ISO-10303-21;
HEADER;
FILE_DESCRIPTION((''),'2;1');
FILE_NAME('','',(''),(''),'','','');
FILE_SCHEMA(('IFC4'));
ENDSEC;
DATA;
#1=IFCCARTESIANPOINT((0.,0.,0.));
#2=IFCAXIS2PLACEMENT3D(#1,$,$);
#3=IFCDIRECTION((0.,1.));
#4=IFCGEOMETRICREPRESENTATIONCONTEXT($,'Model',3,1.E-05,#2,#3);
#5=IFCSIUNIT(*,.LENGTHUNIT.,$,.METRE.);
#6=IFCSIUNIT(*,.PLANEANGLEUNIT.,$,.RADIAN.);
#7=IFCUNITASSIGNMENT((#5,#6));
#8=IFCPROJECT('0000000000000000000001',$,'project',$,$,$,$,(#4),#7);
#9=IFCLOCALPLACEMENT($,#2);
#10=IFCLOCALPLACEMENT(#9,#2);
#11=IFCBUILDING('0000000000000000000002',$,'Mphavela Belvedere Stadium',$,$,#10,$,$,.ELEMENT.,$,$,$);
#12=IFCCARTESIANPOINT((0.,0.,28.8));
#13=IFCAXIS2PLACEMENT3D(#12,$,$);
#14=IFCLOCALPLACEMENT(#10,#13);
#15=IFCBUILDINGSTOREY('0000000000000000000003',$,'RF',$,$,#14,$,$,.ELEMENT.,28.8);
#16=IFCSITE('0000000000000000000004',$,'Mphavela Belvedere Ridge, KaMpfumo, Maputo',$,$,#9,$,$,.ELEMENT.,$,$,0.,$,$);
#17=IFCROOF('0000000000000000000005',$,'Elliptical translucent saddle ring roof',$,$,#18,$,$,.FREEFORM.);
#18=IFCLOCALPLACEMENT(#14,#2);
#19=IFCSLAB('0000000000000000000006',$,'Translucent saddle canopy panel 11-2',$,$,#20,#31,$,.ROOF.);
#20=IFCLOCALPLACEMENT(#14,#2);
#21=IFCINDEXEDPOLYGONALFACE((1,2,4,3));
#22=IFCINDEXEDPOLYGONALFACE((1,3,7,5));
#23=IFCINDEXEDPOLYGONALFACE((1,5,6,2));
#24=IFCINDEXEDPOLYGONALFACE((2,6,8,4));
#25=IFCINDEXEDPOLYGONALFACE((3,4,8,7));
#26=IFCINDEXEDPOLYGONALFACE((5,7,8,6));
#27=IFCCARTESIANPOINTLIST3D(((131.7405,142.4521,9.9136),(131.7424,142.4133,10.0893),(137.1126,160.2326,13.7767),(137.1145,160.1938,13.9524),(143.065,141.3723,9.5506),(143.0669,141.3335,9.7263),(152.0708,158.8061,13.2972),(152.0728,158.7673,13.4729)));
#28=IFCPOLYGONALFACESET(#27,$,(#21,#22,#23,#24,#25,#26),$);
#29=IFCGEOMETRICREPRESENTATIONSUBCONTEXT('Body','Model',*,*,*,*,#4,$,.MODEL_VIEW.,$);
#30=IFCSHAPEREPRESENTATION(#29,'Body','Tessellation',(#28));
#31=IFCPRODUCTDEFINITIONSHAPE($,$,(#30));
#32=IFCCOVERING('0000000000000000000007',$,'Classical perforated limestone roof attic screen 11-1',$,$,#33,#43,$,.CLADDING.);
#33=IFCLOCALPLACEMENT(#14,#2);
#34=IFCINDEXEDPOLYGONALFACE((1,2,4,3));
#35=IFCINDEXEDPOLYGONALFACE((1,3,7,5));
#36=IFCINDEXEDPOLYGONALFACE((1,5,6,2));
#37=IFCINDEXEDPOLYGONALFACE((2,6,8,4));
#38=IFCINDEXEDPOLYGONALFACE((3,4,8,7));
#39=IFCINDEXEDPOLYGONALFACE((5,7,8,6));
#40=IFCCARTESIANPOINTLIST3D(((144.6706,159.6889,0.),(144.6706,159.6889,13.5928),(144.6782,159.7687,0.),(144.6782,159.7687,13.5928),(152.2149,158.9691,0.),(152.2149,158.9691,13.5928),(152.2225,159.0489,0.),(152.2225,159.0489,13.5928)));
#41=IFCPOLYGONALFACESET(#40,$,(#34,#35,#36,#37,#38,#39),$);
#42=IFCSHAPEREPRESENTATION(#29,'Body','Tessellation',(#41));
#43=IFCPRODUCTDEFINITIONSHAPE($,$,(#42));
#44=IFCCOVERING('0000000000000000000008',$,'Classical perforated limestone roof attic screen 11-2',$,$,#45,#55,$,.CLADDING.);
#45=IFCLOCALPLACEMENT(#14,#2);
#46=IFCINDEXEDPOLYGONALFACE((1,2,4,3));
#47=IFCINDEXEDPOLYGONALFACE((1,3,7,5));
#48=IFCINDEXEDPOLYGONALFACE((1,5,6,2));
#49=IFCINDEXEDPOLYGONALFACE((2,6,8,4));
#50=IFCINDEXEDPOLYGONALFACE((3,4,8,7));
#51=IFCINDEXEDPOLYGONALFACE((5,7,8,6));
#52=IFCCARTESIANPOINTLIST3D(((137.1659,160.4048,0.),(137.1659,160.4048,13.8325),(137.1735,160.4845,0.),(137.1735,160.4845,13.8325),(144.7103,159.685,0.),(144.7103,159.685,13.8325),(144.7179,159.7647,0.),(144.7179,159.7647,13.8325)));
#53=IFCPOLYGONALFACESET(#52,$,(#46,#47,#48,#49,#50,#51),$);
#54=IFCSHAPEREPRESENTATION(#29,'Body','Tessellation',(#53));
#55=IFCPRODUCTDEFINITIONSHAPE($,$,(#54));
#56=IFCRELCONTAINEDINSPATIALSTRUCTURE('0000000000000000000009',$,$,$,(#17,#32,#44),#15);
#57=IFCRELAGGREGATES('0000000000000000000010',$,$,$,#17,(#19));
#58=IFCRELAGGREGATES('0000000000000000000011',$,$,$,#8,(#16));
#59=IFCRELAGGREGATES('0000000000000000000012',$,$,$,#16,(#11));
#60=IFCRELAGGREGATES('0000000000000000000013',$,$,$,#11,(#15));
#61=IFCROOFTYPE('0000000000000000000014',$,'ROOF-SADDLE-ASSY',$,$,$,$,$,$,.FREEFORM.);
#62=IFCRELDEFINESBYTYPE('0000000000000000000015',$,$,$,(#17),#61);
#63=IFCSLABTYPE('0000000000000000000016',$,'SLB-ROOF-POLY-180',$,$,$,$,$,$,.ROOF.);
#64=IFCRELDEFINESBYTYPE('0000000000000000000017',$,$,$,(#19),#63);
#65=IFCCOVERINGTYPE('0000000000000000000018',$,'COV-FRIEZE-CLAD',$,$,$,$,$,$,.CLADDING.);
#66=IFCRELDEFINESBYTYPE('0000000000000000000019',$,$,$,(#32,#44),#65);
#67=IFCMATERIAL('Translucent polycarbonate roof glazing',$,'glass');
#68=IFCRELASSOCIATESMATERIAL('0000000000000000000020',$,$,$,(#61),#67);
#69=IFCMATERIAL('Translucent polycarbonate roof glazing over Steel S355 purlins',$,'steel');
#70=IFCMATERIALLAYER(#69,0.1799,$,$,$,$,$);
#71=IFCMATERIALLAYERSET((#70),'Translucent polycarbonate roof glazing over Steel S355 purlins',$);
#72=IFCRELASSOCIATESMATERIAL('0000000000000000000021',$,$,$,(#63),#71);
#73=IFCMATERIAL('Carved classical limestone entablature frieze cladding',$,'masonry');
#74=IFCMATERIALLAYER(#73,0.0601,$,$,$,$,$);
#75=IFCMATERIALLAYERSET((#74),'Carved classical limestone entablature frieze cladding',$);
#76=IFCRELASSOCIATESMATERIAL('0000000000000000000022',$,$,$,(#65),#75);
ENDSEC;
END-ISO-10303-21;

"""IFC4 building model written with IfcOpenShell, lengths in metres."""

from ifc_helpers import new_model, si_unit, direction, frame, origin, origin_2d, place, context, subcontext, project, spatial, polyline, rectangle, outline, extrude, material, layer, layer_set, type_object, element, aggregate, save


model = new_model("IFC4")

# Units and contexts
model_context = context("Model", 3, precision=1e-05, world=origin(), true_north=direction((0.0, 1.0)))
body_context = subcontext(model_context, "Body", "Model", "MODEL_VIEW")
ifc_project = project(units=[si_unit("LENGTHUNIT", "METRE"), si_unit("PLANEANGLEUNIT", "RADIAN")], contexts=[model_context])

# Site, building, storey
site_placement = place(None, origin())
site = spatial("IfcSite", under=ifc_project, at=site_placement, Name="Mphavela Belvedere Ridge, KaMpfumo, Maputo", CompositionType="ELEMENT", RefElevation=0.0)
building_placement = place(site_placement, origin())
building = spatial("IfcBuilding", under=site, at=building_placement, Name="Mphavela Belvedere Stadium", CompositionType="ELEMENT")
storey_placement = place(building_placement, frame((0.0, 0.0, 28.8)))
storey = spatial("IfcBuildingStorey", under=building, at=storey_placement, Name="RF", CompositionType="ELEMENT", Elevation=28.8)

# Roof, slab
ifc_material_1 = material(Name="Translucent polycarbonate roof glazing", Category="glass")
roof_type = type_object("IfcRoofType", Name="ROOF-SADDLE-ASSY", PredefinedType="FREEFORM", material=ifc_material_1)
roof_placement = place(storey_placement, origin())
roof = element("IfcRoof", 1, at=roof_placement, inside=storey, type_object=roof_type, Name="Elliptical translucent saddle ring roof", PredefinedType="FREEFORM")
ifc_material_2 = material(Name="Translucent polycarbonate roof glazing over Steel S355 purlins", Category="steel")
ifc_layer_1 = layer(ifc_material_2, 0.1799)
ifc_layer_set_1 = layer_set([ifc_layer_1], Name="Translucent polycarbonate roof glazing over Steel S355 purlins")
slab_type = type_object("IfcSlabType", Name="SLB-ROOF-POLY-180", PredefinedType="ROOF", material=ifc_layer_set_1)
slab_placement = place(storey_placement, frame((143.0669, 141.3335, 9.7263), z_axis=(0.010761, -0.215402, 0.976466), x_axis=(-0.994978, 0.094876, 0.031894)))
slab = element("IfcSlab", 2, at=slab_placement, type_object=slab_type, Name="Translucent saddle canopy panel 11-2", PredefinedType="ROOF", context=body_context, shape_type="SweptSolid", body=[
    extrude(outline(polyline([(0.0, 0.0), (11.3816, 0.0), (7.8467, -18.6396), (-7.1871, -18.6394), (0.0, 0.0)])), origin(), (0.0, 0.0, -1.0), 0.1799),
])
aggregate(roof, [slab])

# Coverings
ifc_material_3 = material(Name="Carved classical limestone entablature frieze cladding", Category="masonry")
ifc_layer_2 = layer(ifc_material_3, 0.0601)
ifc_layer_set_2 = layer_set([ifc_layer_2], Name="Carved classical limestone entablature frieze cladding")
covering_type_1 = type_object("IfcCoveringType", Name="COV-FRIEZE-CLAD", PredefinedType="CLADDING", material=ifc_layer_set_2)
covering_1_placement = place(storey_placement, frame((148.4465, 159.3689, 0.0), z_axis=(0.0, 0.0, 1.0), x_axis=(-0.995479, 0.094977, 0.0)))
element("IfcCovering", 3, at=covering_1_placement, inside=storey, type_object=covering_type_1, Name="Classical perforated limestone roof attic screen 11-1", PredefinedType="CLADDING", context=body_context, shape_type="SweptSolid", body=[
    extrude(rectangle(XDim=7.5786, YDim=0.0801, at=origin_2d()), origin(), (0.0, 0.0, 1.0), 13.5928),
])
covering_2_placement = place(storey_placement, frame((140.9419, 160.0847, 0.0), z_axis=(0.0, 0.0, 1.0), x_axis=(-0.995479, 0.094977, 0.0)))
element("IfcCovering", 4, at=covering_2_placement, inside=storey, type_object=covering_type_1, Name="Classical perforated limestone roof attic screen 11-2", PredefinedType="CLADDING", context=body_context, shape_type="SweptSolid", body=[
    extrude(rectangle(XDim=7.5786, YDim=0.0801, at=origin_2d()), origin(), (0.0, 0.0, 1.0), 13.8325),
])

save(model, "model.ifc")
